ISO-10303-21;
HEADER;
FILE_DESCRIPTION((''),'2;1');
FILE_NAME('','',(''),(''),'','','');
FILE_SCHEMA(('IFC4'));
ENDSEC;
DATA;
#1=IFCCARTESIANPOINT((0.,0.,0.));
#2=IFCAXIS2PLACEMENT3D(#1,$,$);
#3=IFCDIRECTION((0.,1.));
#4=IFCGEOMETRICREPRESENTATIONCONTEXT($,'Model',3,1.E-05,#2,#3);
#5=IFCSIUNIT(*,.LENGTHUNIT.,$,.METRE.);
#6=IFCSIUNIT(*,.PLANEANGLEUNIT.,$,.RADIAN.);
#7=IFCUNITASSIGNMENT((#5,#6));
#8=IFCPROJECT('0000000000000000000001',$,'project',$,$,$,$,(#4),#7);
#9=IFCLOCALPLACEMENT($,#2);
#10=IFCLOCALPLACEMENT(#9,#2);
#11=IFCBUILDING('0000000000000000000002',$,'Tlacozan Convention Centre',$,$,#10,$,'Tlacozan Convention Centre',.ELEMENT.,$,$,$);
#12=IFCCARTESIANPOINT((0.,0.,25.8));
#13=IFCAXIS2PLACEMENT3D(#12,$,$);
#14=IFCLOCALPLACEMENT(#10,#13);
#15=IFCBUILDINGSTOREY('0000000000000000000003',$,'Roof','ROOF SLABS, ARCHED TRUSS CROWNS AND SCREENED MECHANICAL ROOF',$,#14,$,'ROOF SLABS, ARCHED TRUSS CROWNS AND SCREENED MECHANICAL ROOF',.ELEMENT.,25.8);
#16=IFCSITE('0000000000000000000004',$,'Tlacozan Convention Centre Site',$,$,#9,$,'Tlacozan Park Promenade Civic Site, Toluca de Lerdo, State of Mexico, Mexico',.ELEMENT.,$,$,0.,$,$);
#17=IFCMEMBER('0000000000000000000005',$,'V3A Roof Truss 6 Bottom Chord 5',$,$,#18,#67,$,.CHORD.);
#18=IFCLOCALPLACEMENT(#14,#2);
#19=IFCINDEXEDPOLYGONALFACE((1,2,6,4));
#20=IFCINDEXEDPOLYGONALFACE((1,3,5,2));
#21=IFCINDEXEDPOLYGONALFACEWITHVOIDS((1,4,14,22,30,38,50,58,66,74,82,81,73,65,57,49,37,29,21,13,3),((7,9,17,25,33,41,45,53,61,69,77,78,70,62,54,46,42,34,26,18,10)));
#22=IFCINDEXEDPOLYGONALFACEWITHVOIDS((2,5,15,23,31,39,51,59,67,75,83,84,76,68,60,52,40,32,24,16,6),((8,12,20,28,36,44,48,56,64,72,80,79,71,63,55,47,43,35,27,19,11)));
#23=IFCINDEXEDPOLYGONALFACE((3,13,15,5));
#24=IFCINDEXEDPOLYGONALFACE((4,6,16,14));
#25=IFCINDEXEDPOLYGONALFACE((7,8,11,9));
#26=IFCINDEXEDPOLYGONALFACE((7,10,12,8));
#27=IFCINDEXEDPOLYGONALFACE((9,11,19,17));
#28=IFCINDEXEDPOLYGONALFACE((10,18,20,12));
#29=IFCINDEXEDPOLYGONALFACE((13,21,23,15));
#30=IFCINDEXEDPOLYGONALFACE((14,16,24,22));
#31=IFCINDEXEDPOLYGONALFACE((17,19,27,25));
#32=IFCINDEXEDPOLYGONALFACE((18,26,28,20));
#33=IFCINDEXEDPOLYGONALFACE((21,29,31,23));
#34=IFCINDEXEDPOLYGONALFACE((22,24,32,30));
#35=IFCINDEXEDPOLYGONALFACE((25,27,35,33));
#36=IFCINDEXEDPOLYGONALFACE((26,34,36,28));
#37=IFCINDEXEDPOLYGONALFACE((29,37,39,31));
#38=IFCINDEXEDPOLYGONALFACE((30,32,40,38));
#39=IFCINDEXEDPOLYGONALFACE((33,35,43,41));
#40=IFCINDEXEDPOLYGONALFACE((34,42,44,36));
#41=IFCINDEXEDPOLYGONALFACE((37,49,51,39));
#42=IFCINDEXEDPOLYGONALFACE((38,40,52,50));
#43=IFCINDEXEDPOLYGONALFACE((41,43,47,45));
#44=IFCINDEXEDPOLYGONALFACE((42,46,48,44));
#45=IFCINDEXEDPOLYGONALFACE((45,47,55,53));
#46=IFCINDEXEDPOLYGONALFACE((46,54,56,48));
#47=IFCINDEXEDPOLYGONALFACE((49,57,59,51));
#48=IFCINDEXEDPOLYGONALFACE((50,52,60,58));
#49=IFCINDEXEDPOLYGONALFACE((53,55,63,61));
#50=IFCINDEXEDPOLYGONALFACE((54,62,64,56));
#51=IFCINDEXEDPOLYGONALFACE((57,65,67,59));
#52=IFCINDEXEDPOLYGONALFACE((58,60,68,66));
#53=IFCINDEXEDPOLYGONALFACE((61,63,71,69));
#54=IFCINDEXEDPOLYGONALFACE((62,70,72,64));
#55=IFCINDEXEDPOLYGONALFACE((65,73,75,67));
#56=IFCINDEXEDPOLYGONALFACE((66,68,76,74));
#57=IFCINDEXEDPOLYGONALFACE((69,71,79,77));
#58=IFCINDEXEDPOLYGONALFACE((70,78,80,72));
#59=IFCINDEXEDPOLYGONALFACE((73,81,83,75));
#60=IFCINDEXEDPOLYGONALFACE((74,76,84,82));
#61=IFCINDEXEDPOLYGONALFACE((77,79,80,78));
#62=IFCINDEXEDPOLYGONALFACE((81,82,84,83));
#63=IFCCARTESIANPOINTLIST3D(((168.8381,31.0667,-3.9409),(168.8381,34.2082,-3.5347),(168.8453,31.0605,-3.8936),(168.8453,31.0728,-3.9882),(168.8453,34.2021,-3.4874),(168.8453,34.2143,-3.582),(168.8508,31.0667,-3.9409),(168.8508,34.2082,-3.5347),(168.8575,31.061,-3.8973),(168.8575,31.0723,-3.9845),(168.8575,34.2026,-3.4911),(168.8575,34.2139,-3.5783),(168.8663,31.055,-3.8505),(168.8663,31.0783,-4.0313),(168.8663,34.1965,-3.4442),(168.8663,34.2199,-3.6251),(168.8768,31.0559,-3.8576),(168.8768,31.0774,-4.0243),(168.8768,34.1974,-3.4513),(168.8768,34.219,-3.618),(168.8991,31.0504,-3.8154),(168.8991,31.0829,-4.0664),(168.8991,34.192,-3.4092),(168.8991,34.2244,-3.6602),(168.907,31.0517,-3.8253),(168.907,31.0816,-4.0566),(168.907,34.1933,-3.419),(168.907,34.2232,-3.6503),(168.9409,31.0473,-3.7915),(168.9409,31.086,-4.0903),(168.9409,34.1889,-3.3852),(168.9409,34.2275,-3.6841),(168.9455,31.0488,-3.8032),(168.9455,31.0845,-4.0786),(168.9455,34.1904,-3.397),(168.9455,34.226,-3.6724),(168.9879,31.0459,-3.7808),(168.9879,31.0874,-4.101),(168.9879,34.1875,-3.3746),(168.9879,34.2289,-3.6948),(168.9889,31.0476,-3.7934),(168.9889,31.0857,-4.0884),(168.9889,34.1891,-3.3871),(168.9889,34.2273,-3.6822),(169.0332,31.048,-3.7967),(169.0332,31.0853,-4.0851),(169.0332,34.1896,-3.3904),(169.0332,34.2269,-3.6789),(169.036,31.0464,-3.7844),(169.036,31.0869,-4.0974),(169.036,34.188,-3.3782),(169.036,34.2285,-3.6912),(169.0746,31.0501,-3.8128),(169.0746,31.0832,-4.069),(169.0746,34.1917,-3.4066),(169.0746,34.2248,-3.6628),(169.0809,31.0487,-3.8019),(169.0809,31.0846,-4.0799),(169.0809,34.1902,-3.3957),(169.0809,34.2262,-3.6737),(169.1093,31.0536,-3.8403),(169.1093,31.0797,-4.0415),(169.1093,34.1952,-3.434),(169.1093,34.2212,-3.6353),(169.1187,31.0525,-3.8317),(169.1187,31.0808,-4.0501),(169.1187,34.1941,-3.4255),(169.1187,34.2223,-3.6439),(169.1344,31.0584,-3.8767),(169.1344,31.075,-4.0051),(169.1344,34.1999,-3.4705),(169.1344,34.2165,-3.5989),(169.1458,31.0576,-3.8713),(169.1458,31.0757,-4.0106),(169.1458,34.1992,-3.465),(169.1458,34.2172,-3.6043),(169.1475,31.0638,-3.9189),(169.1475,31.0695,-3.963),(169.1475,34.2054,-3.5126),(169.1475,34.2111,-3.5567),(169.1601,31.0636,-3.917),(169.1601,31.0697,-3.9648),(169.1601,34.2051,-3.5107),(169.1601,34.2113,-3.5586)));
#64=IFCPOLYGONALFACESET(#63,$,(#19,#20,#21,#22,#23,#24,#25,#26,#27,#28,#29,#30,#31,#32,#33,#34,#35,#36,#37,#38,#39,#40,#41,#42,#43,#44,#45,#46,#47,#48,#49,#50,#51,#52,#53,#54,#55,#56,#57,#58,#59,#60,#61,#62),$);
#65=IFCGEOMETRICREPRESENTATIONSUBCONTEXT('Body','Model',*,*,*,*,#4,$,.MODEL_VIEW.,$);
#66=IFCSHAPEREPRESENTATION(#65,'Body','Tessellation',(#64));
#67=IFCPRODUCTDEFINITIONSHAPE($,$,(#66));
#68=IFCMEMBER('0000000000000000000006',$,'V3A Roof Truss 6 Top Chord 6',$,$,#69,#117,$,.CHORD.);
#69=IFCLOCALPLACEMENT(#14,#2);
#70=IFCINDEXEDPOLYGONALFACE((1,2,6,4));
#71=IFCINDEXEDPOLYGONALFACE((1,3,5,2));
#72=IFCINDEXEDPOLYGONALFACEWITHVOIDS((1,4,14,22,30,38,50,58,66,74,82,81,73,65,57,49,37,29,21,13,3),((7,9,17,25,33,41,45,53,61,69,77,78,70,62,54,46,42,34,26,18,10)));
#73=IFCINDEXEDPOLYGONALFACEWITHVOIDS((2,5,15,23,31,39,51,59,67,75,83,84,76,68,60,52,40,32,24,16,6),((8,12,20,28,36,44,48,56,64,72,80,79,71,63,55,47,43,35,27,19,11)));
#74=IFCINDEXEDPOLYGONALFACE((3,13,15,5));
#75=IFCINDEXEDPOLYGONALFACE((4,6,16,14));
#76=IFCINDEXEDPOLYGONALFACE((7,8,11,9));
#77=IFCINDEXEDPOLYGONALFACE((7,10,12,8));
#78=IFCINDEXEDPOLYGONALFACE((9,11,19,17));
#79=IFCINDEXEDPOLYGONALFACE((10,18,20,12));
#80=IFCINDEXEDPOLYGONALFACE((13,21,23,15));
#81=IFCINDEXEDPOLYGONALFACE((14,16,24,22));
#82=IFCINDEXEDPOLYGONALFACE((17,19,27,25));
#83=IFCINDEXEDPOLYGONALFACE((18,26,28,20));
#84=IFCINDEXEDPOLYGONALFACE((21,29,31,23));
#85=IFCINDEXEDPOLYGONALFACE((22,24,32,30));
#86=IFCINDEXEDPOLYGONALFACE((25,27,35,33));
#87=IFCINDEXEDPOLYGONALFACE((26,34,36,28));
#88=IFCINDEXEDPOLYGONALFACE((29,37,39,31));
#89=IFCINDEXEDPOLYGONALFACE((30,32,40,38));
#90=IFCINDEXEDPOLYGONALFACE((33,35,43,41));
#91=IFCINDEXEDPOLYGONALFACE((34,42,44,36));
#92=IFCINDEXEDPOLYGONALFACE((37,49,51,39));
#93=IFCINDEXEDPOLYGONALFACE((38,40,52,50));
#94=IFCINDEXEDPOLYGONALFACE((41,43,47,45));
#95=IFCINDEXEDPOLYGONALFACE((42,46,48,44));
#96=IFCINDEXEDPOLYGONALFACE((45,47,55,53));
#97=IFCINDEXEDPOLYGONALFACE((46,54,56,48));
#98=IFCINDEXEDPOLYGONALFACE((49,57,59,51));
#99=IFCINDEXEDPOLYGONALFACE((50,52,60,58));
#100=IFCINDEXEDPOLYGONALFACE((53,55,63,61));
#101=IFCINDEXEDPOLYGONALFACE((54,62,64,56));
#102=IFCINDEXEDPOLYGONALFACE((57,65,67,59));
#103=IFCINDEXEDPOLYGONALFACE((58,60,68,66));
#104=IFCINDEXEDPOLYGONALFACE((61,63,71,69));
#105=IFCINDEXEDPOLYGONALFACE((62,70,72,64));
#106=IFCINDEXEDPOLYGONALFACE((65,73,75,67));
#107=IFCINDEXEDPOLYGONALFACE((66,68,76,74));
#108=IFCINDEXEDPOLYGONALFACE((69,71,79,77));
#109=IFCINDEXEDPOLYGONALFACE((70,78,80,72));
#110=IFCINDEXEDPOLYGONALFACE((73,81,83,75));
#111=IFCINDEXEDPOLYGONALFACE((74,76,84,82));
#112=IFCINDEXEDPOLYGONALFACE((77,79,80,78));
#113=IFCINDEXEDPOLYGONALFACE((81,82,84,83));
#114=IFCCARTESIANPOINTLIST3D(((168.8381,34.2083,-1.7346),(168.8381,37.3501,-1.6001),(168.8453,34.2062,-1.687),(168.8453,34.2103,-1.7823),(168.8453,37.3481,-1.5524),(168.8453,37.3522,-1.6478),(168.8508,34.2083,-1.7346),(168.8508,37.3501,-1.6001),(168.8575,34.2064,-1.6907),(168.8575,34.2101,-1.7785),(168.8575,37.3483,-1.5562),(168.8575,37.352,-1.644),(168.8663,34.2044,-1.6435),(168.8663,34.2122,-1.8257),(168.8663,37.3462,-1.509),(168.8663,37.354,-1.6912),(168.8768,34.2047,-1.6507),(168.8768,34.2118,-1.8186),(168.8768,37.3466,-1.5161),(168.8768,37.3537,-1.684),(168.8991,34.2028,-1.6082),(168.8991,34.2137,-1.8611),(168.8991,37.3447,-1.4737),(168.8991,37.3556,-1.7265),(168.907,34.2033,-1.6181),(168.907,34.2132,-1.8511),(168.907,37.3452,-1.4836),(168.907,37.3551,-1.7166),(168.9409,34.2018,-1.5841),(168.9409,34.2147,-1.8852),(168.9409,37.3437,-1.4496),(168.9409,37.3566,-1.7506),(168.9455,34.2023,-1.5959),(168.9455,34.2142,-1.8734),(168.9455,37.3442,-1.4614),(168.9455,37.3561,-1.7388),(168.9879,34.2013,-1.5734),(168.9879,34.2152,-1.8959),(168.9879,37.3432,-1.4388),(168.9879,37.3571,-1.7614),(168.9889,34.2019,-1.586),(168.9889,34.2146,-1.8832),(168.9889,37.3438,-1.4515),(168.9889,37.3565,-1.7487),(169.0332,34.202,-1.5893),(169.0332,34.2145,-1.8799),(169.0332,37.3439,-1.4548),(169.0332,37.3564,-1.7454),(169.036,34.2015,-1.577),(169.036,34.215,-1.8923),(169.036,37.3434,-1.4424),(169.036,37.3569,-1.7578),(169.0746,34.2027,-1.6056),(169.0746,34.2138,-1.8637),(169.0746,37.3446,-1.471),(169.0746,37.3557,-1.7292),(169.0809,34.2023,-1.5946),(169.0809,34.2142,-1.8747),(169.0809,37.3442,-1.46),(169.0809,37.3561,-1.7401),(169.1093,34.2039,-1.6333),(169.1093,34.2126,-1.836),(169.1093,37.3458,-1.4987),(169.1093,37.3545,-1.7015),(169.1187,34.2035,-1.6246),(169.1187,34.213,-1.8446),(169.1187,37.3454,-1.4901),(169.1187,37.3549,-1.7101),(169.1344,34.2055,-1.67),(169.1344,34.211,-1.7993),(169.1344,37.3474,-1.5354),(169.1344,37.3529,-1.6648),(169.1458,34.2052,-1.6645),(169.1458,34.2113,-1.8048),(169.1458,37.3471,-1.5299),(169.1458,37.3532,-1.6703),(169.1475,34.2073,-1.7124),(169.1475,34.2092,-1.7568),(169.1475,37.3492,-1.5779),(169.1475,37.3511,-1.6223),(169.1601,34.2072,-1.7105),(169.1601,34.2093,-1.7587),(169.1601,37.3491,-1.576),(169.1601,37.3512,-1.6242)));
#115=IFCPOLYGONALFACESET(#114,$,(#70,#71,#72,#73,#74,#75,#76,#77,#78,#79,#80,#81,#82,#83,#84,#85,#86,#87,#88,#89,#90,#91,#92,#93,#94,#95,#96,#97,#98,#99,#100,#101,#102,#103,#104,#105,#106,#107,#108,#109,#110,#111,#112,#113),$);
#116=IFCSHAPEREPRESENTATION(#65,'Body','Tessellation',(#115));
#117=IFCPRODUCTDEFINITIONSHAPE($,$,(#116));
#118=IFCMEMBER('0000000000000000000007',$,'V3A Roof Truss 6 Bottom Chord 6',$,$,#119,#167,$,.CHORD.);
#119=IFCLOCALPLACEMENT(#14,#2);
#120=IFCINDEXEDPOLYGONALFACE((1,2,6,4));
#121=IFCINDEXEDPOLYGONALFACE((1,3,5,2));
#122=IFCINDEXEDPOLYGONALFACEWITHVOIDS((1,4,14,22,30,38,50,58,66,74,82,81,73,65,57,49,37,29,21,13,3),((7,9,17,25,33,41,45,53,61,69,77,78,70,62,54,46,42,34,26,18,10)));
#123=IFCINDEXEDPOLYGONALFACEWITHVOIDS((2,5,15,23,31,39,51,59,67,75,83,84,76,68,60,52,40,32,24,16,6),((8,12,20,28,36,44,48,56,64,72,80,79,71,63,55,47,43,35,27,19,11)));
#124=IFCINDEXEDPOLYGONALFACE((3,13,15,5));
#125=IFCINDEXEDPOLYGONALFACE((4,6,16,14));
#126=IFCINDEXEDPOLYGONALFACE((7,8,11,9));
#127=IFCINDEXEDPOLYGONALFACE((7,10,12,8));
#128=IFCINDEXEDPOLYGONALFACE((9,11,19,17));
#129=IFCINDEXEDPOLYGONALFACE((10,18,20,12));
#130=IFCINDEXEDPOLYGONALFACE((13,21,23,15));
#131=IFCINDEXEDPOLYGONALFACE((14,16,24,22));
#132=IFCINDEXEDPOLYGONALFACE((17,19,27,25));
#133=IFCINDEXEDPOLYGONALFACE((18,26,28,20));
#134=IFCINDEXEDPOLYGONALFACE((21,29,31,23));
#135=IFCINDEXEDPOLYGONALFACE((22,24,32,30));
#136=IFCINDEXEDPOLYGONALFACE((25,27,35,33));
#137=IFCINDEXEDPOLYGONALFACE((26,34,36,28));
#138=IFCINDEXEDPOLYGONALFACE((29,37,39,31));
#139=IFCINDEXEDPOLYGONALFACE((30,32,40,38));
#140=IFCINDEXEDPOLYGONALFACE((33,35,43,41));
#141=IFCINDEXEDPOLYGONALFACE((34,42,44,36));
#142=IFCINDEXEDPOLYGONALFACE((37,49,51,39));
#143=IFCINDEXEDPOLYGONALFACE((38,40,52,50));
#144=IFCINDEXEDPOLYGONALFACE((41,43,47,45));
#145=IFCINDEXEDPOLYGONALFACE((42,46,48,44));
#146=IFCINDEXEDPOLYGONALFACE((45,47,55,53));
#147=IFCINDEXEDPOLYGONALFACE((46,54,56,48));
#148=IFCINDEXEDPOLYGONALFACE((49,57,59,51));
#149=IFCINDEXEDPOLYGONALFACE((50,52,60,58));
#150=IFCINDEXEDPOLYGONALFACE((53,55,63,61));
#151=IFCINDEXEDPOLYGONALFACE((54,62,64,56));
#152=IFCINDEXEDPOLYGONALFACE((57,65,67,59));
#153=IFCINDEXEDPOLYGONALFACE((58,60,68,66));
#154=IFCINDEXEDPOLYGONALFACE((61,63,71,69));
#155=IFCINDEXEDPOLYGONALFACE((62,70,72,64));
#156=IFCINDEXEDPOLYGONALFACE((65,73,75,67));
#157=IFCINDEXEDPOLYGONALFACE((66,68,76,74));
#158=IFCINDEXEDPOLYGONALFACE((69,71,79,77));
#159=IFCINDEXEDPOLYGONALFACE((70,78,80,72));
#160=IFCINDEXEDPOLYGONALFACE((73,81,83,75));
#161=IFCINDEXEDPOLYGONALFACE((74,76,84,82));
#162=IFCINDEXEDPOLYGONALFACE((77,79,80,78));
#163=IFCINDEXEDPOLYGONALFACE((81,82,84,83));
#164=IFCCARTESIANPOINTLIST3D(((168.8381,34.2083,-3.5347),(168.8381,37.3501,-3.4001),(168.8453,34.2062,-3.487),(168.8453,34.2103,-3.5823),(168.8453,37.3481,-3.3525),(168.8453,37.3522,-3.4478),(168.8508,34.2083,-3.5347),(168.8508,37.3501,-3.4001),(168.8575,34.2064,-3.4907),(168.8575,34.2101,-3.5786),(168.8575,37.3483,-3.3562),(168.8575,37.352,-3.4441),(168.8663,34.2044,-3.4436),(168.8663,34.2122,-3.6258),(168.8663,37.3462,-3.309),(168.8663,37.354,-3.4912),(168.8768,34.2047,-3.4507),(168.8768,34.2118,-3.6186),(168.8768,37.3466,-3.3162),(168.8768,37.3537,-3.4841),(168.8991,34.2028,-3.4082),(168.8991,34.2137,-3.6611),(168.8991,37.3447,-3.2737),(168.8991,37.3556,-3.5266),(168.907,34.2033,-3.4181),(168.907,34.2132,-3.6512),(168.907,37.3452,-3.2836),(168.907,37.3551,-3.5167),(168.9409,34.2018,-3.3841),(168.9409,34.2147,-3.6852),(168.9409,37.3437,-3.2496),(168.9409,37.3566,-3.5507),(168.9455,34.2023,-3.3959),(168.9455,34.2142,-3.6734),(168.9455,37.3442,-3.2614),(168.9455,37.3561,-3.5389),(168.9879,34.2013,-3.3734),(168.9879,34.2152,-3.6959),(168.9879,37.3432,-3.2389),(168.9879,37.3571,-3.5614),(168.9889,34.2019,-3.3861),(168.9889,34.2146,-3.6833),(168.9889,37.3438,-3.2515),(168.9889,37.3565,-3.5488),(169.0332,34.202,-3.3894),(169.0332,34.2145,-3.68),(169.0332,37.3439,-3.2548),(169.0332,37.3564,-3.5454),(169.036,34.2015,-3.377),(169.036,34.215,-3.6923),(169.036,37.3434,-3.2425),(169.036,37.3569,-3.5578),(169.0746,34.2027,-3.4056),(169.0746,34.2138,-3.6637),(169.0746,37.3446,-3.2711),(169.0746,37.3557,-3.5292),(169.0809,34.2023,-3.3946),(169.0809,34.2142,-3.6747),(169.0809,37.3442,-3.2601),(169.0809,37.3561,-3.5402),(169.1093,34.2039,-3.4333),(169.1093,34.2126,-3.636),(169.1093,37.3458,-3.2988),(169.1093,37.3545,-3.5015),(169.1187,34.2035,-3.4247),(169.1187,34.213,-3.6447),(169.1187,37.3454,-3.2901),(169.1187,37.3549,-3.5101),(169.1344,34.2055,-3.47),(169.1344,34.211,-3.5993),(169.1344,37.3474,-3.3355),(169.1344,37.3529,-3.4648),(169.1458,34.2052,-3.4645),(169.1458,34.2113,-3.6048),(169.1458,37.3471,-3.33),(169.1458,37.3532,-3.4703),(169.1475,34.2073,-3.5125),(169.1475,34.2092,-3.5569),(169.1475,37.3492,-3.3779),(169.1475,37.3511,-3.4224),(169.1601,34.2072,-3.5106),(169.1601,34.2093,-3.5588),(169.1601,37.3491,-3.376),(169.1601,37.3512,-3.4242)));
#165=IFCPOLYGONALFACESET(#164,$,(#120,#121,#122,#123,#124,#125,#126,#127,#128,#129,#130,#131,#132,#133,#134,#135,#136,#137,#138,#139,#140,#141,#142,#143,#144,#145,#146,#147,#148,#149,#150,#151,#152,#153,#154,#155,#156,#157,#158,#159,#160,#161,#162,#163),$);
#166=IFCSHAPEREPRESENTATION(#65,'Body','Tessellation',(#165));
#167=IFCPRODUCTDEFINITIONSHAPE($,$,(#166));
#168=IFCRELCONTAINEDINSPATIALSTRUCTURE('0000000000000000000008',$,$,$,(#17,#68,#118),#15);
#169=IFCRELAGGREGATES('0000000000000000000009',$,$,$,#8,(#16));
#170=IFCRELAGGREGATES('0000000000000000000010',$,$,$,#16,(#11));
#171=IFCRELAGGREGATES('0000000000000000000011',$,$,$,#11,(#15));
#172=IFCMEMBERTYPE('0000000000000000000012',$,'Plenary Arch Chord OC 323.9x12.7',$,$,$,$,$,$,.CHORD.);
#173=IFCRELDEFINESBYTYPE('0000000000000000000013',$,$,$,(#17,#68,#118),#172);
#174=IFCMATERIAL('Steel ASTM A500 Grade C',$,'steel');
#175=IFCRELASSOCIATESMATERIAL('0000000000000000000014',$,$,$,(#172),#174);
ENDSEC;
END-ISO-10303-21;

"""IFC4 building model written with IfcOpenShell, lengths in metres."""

from ifc_helpers import new_model, si_unit, direction, frame, origin, origin_2d, place, context, subcontext, project, spatial, hollow_circle, extrude, material, material_profile, profile_set, type_object, element, save


model = new_model("IFC4")

# Units and contexts
model_context = context("Model", 3, precision=1e-05, world=origin(), true_north=direction((0.0, 1.0)))
body_context = subcontext(model_context, "Body", "Model", "MODEL_VIEW")
ifc_project = project(units=[si_unit("LENGTHUNIT", "METRE"), si_unit("PLANEANGLEUNIT", "RADIAN")], contexts=[model_context])

# Site, building, storey
site_placement = place(None, origin())
site = spatial("IfcSite", under=ifc_project, at=site_placement, Name="Tlacozan Convention Centre Site", LongName="Tlacozan Park Promenade Civic Site, Toluca de Lerdo, State of Mexico, Mexico", CompositionType="ELEMENT", RefElevation=0.0)
building_placement = place(site_placement, origin())
building = spatial("IfcBuilding", under=site, at=building_placement, Name="Tlacozan Convention Centre", LongName="Tlacozan Convention Centre", CompositionType="ELEMENT")
storey_placement = place(building_placement, frame((0.0, 0.0, 25.8)))
storey = spatial("IfcBuildingStorey", under=building, at=storey_placement, Name="Roof", Description="ROOF SLABS, ARCHED TRUSS CROWNS AND SCREENED MECHANICAL ROOF", LongName="ROOF SLABS, ARCHED TRUSS CROWNS AND SCREENED MECHANICAL ROOF", CompositionType="ELEMENT", Elevation=25.8)

# Members
ifc_material_1 = material(Name="Steel ASTM A500 Grade C", Category="steel")
ifc_material_profile_1 = material_profile(ifc_material_1, hollow_circle(Radius=0.1619, WallThickness=0.0127, at=origin_2d()), Name="OC 323.9x12.7")
ifc_profile_set_1 = profile_set([ifc_material_profile_1], Name="Steel ASTM A500 Grade C")
member_type_1 = type_object("IfcMemberType", Name="Plenary Arch Chord OC 323.9x12.7", PredefinedType="CHORD", material=ifc_profile_set_1)
for number, where, z_axis, x_axis, name in (
    (1, (169.0, 31.0667, -3.9409), (0.0, 0.991742, 0.128245), (-1.0, 0.0, 0.0), "V3A Roof Truss 6 Bottom Chord 5"),
):
    element("IfcMember", number, at=place(storey_placement, frame(where, z_axis=z_axis, x_axis=x_axis)), inside=storey, type_object=member_type_1, Name=name, PredefinedType="CHORD", context=body_context, shape_type="SweptSolid", body=[
        extrude(hollow_circle(Radius=0.1619, WallThickness=0.0127, at=origin_2d()), origin(), (0.0, 0.0, 1.0), 3.1677),
    ])
for number, where, z_axis, x_axis, name in (
    (2, (169.0, 34.2083, -1.7346), (0.0, 0.999085, 0.042777), (-1.0, 0.0, 0.0), "V3A Roof Truss 6 Top Chord 6"),
    (3, (169.0, 34.2083, -3.5347), (0.0, 0.999085, 0.042777), (-1.0, 0.0, 0.0), "V3A Roof Truss 6 Bottom Chord 6"),
):
    element("IfcMember", number, at=place(storey_placement, frame(where, z_axis=z_axis, x_axis=x_axis)), inside=storey, type_object=member_type_1, Name=name, PredefinedType="CHORD", context=body_context, shape_type="SweptSolid", body=[
        extrude(hollow_circle(Radius=0.1619, WallThickness=0.0127, at=origin_2d()), origin(), (0.0, 0.0, 1.0), 3.1448),
    ])

save(model, "model.ifc")
